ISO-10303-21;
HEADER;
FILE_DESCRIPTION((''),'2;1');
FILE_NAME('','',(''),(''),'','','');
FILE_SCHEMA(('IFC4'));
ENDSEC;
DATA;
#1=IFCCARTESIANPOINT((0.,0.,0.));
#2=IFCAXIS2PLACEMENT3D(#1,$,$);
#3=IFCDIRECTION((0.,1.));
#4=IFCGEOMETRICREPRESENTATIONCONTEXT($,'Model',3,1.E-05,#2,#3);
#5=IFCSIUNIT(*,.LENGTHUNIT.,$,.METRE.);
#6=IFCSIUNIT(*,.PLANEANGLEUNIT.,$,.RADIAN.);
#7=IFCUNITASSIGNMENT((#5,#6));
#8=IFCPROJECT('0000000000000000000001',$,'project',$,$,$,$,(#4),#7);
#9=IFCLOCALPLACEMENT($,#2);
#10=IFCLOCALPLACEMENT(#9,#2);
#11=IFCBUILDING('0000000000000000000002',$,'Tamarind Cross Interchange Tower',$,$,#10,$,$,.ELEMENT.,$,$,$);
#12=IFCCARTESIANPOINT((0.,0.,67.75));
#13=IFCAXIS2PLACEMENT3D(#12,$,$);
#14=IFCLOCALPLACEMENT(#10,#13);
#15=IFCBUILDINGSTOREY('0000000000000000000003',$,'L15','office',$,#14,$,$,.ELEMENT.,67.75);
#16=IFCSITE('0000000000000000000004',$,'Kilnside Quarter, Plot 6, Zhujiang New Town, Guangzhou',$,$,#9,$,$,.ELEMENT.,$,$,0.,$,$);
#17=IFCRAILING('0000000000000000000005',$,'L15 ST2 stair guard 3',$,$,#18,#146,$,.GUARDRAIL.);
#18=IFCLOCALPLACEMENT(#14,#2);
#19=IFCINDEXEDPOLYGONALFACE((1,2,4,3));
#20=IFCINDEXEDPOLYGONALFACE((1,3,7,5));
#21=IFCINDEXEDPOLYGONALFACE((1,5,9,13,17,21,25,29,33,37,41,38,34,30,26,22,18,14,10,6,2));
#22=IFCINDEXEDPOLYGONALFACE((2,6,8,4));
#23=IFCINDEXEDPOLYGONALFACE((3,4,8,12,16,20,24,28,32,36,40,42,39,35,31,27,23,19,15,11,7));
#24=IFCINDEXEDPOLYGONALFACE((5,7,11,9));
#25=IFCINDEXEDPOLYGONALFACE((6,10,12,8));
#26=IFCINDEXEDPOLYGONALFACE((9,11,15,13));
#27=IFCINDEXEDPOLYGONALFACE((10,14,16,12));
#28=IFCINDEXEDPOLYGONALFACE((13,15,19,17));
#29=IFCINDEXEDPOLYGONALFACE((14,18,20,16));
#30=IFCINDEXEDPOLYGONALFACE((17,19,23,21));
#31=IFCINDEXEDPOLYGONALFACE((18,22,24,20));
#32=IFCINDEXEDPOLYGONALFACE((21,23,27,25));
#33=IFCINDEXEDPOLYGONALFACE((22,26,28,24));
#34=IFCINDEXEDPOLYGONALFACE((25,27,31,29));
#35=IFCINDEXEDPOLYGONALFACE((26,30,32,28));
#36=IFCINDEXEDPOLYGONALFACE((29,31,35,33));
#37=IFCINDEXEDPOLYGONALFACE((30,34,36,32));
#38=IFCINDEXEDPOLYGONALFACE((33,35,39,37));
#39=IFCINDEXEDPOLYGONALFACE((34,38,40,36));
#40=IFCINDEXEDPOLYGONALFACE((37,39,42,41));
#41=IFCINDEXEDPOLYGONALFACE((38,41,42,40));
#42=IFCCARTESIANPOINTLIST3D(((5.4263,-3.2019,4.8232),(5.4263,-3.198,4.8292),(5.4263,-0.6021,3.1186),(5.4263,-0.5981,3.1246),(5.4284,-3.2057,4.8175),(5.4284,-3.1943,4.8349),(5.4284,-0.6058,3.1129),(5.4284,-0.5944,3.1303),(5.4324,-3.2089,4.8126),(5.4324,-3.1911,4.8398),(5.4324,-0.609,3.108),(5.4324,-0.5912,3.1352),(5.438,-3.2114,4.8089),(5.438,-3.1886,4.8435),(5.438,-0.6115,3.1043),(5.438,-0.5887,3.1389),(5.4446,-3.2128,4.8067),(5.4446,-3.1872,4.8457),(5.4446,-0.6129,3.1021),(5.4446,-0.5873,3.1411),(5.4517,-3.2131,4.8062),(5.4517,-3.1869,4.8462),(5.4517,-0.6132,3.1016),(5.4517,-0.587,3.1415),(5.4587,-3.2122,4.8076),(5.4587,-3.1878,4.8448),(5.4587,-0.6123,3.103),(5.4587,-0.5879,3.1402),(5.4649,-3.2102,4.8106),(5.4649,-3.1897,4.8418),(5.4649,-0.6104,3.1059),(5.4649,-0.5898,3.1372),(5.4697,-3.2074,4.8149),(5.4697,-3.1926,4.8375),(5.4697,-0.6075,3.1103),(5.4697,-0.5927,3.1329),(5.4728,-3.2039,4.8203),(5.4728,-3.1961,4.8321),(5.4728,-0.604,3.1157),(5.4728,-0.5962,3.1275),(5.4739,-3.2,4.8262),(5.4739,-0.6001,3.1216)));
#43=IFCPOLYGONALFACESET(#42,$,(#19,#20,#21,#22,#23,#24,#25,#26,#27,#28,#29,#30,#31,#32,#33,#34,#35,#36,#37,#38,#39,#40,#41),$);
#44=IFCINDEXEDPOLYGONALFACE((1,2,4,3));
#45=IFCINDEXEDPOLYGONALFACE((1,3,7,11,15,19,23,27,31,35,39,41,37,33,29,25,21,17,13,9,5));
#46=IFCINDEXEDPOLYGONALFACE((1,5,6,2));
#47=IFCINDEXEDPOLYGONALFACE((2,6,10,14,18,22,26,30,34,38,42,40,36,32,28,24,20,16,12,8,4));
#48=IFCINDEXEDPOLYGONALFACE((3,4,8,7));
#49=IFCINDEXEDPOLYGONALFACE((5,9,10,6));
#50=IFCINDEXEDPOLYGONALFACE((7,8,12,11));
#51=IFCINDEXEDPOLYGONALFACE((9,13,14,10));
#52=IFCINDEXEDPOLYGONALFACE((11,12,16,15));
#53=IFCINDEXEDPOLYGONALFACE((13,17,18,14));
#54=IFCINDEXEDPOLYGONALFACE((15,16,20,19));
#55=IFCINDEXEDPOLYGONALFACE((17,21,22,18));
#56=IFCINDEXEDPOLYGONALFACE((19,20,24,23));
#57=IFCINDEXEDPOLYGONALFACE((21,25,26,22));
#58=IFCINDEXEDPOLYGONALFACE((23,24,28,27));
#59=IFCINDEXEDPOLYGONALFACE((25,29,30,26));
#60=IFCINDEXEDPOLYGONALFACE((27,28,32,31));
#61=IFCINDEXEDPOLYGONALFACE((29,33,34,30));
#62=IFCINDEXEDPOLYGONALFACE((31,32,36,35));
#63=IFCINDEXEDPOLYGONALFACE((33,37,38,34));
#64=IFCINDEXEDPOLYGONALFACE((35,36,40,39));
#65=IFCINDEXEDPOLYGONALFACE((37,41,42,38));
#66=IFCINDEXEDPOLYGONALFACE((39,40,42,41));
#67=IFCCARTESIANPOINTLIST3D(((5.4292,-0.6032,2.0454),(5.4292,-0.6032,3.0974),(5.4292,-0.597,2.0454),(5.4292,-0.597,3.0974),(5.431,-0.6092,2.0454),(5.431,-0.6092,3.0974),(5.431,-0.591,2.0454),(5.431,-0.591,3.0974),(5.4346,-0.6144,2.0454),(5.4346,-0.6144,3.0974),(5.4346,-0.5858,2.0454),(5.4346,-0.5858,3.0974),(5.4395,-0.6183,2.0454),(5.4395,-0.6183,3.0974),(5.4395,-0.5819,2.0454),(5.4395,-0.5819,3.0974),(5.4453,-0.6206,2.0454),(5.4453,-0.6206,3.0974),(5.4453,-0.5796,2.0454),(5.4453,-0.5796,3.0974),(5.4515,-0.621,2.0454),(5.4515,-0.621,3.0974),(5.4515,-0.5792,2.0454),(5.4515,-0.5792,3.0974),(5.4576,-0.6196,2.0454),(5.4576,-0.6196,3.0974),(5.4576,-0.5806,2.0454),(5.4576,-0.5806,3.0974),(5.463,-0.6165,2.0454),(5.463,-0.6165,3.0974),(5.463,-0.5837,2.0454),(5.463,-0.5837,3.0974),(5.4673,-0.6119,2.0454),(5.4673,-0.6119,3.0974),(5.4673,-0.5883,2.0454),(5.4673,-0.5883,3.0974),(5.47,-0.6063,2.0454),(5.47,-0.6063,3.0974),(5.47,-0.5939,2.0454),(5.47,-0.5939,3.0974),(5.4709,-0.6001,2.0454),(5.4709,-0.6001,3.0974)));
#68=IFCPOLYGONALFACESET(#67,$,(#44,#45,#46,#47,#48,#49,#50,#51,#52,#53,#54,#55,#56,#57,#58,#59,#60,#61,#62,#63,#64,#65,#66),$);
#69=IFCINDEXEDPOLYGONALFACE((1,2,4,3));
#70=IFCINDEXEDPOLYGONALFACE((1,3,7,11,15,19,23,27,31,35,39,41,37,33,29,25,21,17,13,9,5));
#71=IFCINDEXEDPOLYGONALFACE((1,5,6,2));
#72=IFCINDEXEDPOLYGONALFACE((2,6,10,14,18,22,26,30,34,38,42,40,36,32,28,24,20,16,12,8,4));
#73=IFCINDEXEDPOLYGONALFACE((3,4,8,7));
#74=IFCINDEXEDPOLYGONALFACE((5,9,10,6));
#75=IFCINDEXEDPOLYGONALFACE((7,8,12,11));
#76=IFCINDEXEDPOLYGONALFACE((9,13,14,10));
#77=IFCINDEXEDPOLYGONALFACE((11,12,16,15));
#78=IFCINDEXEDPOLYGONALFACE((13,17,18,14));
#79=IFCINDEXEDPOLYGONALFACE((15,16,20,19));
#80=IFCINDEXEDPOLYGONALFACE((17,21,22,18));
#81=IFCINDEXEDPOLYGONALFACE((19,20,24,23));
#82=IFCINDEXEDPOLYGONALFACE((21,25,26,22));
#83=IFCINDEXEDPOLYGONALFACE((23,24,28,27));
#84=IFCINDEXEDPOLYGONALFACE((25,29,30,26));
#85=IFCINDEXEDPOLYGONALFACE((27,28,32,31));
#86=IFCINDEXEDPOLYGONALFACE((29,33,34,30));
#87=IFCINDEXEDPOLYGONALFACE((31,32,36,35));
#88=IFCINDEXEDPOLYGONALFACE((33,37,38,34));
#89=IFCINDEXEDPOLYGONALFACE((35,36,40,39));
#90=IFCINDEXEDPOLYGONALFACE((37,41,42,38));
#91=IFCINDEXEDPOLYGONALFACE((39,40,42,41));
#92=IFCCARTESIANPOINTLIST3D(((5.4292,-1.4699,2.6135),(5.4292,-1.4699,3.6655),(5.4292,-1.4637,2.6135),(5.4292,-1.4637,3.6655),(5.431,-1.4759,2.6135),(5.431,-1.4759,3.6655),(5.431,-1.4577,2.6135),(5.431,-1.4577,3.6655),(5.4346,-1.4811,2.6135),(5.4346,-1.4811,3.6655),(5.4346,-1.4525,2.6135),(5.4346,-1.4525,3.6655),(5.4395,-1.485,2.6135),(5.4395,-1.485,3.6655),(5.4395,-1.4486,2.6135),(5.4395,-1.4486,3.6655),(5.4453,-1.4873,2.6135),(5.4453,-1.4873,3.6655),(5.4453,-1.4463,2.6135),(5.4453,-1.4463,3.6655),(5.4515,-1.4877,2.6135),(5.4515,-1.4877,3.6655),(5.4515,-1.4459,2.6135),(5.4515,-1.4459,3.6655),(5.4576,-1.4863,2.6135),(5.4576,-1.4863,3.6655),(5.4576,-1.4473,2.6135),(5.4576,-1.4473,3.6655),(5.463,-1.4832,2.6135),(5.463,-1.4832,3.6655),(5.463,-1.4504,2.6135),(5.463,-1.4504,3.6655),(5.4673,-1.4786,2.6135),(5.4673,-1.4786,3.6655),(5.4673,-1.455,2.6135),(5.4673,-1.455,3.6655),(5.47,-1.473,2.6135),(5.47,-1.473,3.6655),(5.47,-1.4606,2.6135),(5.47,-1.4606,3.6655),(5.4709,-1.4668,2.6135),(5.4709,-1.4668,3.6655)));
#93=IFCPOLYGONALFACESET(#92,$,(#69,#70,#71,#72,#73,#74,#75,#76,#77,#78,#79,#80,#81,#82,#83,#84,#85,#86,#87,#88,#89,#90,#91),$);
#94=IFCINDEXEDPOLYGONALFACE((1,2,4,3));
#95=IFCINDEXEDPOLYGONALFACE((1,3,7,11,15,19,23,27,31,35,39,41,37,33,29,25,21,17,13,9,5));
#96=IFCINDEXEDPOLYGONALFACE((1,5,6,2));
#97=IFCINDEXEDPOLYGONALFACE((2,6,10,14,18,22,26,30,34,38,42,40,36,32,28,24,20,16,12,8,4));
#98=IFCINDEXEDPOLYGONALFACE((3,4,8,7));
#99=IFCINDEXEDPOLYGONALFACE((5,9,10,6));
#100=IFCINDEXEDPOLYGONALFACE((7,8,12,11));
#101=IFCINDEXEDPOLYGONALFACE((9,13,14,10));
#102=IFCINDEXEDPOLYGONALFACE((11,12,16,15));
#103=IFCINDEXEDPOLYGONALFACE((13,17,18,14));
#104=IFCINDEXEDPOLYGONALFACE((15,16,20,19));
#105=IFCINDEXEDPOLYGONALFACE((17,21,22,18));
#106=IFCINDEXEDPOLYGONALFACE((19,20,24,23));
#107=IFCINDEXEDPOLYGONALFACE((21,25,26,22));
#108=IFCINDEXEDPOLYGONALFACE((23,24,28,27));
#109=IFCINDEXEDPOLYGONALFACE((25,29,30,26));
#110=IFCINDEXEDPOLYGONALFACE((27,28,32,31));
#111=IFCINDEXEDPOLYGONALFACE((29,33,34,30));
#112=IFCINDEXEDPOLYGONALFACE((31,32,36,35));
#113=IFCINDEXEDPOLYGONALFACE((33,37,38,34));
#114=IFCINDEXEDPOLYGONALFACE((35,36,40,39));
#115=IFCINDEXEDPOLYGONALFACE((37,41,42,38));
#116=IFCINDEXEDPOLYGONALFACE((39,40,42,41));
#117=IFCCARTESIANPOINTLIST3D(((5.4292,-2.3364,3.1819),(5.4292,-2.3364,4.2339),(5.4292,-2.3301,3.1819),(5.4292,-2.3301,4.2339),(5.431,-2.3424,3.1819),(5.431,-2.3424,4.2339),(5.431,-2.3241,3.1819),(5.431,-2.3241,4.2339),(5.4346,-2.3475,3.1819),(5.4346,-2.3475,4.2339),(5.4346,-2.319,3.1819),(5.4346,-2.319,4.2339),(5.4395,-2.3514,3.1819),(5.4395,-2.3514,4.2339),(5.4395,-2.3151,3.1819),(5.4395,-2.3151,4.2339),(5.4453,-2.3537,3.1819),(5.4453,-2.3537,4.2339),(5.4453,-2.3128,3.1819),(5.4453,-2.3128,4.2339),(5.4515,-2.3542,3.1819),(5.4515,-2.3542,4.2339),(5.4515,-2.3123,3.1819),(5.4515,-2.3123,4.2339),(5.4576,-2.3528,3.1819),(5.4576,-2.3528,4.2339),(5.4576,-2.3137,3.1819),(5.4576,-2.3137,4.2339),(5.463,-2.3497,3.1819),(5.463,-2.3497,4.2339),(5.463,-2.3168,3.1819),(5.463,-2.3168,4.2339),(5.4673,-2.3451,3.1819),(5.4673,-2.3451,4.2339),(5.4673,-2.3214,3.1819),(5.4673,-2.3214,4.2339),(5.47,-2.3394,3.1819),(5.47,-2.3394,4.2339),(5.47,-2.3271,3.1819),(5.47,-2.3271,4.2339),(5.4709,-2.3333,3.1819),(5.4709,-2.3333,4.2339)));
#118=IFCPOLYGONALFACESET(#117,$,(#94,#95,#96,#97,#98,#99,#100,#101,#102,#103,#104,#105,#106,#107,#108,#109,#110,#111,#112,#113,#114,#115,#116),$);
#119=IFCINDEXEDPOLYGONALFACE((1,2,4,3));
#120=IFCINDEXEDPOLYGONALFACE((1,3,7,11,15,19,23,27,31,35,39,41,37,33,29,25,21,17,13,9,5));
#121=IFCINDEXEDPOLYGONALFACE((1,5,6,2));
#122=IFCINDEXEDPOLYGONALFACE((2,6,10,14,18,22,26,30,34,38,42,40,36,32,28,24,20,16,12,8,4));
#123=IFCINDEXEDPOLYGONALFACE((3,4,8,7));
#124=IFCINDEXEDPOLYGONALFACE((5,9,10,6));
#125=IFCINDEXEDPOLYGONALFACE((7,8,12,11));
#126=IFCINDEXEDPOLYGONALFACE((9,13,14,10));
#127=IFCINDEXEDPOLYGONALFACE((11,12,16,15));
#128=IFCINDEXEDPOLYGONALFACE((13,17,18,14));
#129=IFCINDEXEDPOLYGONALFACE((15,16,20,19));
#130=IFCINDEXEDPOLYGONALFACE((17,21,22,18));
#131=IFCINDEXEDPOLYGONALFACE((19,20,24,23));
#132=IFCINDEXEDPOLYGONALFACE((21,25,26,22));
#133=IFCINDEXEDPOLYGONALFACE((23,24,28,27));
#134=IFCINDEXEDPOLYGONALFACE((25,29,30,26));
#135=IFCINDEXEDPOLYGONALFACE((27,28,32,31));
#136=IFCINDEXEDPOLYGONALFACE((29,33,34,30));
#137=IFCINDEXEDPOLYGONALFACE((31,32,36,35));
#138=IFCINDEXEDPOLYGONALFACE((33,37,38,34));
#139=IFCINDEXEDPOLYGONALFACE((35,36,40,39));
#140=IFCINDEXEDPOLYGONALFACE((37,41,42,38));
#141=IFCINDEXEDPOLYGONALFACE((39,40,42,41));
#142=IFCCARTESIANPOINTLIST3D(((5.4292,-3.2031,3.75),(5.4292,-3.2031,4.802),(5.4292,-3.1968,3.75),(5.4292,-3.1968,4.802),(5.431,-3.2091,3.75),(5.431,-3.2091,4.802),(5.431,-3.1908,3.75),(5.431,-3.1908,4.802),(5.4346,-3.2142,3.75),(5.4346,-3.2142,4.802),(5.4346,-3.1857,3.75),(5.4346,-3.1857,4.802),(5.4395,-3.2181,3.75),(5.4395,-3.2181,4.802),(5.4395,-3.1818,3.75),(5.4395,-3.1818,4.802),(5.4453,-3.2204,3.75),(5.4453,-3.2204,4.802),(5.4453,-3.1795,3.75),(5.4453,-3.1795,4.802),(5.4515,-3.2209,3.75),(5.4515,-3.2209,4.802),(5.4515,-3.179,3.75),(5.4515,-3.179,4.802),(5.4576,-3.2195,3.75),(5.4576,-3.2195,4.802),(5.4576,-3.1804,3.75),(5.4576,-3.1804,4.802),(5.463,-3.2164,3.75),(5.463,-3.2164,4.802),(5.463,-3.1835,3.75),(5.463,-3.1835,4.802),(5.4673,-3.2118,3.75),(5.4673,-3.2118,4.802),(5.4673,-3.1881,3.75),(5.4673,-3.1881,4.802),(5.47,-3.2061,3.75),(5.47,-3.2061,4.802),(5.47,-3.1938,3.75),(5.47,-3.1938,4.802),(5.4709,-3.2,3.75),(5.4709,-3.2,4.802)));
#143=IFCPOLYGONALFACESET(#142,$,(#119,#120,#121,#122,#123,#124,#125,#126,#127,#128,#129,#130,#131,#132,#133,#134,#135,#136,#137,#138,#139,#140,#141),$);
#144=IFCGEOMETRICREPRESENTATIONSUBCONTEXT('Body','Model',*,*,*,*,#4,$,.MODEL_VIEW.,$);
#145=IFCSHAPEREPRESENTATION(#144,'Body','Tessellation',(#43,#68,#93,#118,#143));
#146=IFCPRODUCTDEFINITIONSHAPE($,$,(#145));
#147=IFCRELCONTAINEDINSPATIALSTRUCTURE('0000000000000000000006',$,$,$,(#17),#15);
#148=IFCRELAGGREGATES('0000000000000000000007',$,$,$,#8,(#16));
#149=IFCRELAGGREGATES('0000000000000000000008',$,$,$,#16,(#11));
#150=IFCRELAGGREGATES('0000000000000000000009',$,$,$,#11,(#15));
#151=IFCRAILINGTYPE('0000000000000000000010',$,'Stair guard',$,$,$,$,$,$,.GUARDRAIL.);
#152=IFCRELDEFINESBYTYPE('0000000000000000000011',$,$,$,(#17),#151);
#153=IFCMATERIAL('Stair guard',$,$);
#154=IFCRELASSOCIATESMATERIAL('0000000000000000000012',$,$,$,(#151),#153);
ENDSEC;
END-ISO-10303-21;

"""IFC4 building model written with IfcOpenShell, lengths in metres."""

from ifc_helpers import new_model, si_unit, direction, frame, origin, origin_2d, place, context, subcontext, project, spatial, circle, extrude, material, type_object, element, save


model = new_model("IFC4")

# Units and contexts
model_context = context("Model", 3, precision=1e-05, world=origin(), true_north=direction((0.0, 1.0)))
body_context = subcontext(model_context, "Body", "Model", "MODEL_VIEW")
ifc_project = project(units=[si_unit("LENGTHUNIT", "METRE"), si_unit("PLANEANGLEUNIT", "RADIAN")], contexts=[model_context])

# Site, building, storey
site_placement = place(None, origin())
site = spatial("IfcSite", under=ifc_project, at=site_placement, Name="Kilnside Quarter, Plot 6, Zhujiang New Town, Guangzhou", CompositionType="ELEMENT", RefElevation=0.0)
building_placement = place(site_placement, origin())
building = spatial("IfcBuilding", under=site, at=building_placement, Name="Tamarind Cross Interchange Tower", CompositionType="ELEMENT")
storey_placement = place(building_placement, frame((0.0, 0.0, 67.75)))
storey = spatial("IfcBuildingStorey", under=building, at=storey_placement, Name="L15", Description="office", CompositionType="ELEMENT", Elevation=67.75)

# Railing
ifc_material_1 = material(Name="Stair guard")
railing_type_1 = type_object("IfcRailingType", Name="Stair guard", PredefinedType="GUARDRAIL", material=ifc_material_1)
railing_1_placement = place(storey_placement, frame((5.45, -0.6001, 2.0454)))
element("IfcRailing", 1, at=railing_1_placement, inside=storey, type_object=railing_type_1, Name="L15 ST2 stair guard 3", PredefinedType="GUARDRAIL", context=body_context, shape_type="SweptSolid", body=[
    extrude(circle(Radius=0.0239, at=origin_2d()), frame((0.0, 0.0, 1.0762), z_axis=(0.0, -0.836279, 0.548305), x_axis=(1.0, 0.0, 0.0)), (0.0, 0.0, 1.0), 3.1089),
    extrude(circle(Radius=0.021, at=origin_2d()), origin(), (0.0, 0.0, 1.0), 1.052),
    extrude(circle(Radius=0.021, at=origin_2d()), frame((0.0, -0.8667, 0.5681)), (0.0, 0.0, 1.0), 1.052),
    extrude(circle(Radius=0.021, at=origin_2d()), frame((0.0, -1.7332, 1.1365)), (0.0, 0.0, 1.0), 1.052),
    extrude(circle(Radius=0.021, at=origin_2d()), frame((0.0, -2.5999, 1.7046)), (0.0, 0.0, 1.0), 1.052),
])

save(model, "model.ifc")
